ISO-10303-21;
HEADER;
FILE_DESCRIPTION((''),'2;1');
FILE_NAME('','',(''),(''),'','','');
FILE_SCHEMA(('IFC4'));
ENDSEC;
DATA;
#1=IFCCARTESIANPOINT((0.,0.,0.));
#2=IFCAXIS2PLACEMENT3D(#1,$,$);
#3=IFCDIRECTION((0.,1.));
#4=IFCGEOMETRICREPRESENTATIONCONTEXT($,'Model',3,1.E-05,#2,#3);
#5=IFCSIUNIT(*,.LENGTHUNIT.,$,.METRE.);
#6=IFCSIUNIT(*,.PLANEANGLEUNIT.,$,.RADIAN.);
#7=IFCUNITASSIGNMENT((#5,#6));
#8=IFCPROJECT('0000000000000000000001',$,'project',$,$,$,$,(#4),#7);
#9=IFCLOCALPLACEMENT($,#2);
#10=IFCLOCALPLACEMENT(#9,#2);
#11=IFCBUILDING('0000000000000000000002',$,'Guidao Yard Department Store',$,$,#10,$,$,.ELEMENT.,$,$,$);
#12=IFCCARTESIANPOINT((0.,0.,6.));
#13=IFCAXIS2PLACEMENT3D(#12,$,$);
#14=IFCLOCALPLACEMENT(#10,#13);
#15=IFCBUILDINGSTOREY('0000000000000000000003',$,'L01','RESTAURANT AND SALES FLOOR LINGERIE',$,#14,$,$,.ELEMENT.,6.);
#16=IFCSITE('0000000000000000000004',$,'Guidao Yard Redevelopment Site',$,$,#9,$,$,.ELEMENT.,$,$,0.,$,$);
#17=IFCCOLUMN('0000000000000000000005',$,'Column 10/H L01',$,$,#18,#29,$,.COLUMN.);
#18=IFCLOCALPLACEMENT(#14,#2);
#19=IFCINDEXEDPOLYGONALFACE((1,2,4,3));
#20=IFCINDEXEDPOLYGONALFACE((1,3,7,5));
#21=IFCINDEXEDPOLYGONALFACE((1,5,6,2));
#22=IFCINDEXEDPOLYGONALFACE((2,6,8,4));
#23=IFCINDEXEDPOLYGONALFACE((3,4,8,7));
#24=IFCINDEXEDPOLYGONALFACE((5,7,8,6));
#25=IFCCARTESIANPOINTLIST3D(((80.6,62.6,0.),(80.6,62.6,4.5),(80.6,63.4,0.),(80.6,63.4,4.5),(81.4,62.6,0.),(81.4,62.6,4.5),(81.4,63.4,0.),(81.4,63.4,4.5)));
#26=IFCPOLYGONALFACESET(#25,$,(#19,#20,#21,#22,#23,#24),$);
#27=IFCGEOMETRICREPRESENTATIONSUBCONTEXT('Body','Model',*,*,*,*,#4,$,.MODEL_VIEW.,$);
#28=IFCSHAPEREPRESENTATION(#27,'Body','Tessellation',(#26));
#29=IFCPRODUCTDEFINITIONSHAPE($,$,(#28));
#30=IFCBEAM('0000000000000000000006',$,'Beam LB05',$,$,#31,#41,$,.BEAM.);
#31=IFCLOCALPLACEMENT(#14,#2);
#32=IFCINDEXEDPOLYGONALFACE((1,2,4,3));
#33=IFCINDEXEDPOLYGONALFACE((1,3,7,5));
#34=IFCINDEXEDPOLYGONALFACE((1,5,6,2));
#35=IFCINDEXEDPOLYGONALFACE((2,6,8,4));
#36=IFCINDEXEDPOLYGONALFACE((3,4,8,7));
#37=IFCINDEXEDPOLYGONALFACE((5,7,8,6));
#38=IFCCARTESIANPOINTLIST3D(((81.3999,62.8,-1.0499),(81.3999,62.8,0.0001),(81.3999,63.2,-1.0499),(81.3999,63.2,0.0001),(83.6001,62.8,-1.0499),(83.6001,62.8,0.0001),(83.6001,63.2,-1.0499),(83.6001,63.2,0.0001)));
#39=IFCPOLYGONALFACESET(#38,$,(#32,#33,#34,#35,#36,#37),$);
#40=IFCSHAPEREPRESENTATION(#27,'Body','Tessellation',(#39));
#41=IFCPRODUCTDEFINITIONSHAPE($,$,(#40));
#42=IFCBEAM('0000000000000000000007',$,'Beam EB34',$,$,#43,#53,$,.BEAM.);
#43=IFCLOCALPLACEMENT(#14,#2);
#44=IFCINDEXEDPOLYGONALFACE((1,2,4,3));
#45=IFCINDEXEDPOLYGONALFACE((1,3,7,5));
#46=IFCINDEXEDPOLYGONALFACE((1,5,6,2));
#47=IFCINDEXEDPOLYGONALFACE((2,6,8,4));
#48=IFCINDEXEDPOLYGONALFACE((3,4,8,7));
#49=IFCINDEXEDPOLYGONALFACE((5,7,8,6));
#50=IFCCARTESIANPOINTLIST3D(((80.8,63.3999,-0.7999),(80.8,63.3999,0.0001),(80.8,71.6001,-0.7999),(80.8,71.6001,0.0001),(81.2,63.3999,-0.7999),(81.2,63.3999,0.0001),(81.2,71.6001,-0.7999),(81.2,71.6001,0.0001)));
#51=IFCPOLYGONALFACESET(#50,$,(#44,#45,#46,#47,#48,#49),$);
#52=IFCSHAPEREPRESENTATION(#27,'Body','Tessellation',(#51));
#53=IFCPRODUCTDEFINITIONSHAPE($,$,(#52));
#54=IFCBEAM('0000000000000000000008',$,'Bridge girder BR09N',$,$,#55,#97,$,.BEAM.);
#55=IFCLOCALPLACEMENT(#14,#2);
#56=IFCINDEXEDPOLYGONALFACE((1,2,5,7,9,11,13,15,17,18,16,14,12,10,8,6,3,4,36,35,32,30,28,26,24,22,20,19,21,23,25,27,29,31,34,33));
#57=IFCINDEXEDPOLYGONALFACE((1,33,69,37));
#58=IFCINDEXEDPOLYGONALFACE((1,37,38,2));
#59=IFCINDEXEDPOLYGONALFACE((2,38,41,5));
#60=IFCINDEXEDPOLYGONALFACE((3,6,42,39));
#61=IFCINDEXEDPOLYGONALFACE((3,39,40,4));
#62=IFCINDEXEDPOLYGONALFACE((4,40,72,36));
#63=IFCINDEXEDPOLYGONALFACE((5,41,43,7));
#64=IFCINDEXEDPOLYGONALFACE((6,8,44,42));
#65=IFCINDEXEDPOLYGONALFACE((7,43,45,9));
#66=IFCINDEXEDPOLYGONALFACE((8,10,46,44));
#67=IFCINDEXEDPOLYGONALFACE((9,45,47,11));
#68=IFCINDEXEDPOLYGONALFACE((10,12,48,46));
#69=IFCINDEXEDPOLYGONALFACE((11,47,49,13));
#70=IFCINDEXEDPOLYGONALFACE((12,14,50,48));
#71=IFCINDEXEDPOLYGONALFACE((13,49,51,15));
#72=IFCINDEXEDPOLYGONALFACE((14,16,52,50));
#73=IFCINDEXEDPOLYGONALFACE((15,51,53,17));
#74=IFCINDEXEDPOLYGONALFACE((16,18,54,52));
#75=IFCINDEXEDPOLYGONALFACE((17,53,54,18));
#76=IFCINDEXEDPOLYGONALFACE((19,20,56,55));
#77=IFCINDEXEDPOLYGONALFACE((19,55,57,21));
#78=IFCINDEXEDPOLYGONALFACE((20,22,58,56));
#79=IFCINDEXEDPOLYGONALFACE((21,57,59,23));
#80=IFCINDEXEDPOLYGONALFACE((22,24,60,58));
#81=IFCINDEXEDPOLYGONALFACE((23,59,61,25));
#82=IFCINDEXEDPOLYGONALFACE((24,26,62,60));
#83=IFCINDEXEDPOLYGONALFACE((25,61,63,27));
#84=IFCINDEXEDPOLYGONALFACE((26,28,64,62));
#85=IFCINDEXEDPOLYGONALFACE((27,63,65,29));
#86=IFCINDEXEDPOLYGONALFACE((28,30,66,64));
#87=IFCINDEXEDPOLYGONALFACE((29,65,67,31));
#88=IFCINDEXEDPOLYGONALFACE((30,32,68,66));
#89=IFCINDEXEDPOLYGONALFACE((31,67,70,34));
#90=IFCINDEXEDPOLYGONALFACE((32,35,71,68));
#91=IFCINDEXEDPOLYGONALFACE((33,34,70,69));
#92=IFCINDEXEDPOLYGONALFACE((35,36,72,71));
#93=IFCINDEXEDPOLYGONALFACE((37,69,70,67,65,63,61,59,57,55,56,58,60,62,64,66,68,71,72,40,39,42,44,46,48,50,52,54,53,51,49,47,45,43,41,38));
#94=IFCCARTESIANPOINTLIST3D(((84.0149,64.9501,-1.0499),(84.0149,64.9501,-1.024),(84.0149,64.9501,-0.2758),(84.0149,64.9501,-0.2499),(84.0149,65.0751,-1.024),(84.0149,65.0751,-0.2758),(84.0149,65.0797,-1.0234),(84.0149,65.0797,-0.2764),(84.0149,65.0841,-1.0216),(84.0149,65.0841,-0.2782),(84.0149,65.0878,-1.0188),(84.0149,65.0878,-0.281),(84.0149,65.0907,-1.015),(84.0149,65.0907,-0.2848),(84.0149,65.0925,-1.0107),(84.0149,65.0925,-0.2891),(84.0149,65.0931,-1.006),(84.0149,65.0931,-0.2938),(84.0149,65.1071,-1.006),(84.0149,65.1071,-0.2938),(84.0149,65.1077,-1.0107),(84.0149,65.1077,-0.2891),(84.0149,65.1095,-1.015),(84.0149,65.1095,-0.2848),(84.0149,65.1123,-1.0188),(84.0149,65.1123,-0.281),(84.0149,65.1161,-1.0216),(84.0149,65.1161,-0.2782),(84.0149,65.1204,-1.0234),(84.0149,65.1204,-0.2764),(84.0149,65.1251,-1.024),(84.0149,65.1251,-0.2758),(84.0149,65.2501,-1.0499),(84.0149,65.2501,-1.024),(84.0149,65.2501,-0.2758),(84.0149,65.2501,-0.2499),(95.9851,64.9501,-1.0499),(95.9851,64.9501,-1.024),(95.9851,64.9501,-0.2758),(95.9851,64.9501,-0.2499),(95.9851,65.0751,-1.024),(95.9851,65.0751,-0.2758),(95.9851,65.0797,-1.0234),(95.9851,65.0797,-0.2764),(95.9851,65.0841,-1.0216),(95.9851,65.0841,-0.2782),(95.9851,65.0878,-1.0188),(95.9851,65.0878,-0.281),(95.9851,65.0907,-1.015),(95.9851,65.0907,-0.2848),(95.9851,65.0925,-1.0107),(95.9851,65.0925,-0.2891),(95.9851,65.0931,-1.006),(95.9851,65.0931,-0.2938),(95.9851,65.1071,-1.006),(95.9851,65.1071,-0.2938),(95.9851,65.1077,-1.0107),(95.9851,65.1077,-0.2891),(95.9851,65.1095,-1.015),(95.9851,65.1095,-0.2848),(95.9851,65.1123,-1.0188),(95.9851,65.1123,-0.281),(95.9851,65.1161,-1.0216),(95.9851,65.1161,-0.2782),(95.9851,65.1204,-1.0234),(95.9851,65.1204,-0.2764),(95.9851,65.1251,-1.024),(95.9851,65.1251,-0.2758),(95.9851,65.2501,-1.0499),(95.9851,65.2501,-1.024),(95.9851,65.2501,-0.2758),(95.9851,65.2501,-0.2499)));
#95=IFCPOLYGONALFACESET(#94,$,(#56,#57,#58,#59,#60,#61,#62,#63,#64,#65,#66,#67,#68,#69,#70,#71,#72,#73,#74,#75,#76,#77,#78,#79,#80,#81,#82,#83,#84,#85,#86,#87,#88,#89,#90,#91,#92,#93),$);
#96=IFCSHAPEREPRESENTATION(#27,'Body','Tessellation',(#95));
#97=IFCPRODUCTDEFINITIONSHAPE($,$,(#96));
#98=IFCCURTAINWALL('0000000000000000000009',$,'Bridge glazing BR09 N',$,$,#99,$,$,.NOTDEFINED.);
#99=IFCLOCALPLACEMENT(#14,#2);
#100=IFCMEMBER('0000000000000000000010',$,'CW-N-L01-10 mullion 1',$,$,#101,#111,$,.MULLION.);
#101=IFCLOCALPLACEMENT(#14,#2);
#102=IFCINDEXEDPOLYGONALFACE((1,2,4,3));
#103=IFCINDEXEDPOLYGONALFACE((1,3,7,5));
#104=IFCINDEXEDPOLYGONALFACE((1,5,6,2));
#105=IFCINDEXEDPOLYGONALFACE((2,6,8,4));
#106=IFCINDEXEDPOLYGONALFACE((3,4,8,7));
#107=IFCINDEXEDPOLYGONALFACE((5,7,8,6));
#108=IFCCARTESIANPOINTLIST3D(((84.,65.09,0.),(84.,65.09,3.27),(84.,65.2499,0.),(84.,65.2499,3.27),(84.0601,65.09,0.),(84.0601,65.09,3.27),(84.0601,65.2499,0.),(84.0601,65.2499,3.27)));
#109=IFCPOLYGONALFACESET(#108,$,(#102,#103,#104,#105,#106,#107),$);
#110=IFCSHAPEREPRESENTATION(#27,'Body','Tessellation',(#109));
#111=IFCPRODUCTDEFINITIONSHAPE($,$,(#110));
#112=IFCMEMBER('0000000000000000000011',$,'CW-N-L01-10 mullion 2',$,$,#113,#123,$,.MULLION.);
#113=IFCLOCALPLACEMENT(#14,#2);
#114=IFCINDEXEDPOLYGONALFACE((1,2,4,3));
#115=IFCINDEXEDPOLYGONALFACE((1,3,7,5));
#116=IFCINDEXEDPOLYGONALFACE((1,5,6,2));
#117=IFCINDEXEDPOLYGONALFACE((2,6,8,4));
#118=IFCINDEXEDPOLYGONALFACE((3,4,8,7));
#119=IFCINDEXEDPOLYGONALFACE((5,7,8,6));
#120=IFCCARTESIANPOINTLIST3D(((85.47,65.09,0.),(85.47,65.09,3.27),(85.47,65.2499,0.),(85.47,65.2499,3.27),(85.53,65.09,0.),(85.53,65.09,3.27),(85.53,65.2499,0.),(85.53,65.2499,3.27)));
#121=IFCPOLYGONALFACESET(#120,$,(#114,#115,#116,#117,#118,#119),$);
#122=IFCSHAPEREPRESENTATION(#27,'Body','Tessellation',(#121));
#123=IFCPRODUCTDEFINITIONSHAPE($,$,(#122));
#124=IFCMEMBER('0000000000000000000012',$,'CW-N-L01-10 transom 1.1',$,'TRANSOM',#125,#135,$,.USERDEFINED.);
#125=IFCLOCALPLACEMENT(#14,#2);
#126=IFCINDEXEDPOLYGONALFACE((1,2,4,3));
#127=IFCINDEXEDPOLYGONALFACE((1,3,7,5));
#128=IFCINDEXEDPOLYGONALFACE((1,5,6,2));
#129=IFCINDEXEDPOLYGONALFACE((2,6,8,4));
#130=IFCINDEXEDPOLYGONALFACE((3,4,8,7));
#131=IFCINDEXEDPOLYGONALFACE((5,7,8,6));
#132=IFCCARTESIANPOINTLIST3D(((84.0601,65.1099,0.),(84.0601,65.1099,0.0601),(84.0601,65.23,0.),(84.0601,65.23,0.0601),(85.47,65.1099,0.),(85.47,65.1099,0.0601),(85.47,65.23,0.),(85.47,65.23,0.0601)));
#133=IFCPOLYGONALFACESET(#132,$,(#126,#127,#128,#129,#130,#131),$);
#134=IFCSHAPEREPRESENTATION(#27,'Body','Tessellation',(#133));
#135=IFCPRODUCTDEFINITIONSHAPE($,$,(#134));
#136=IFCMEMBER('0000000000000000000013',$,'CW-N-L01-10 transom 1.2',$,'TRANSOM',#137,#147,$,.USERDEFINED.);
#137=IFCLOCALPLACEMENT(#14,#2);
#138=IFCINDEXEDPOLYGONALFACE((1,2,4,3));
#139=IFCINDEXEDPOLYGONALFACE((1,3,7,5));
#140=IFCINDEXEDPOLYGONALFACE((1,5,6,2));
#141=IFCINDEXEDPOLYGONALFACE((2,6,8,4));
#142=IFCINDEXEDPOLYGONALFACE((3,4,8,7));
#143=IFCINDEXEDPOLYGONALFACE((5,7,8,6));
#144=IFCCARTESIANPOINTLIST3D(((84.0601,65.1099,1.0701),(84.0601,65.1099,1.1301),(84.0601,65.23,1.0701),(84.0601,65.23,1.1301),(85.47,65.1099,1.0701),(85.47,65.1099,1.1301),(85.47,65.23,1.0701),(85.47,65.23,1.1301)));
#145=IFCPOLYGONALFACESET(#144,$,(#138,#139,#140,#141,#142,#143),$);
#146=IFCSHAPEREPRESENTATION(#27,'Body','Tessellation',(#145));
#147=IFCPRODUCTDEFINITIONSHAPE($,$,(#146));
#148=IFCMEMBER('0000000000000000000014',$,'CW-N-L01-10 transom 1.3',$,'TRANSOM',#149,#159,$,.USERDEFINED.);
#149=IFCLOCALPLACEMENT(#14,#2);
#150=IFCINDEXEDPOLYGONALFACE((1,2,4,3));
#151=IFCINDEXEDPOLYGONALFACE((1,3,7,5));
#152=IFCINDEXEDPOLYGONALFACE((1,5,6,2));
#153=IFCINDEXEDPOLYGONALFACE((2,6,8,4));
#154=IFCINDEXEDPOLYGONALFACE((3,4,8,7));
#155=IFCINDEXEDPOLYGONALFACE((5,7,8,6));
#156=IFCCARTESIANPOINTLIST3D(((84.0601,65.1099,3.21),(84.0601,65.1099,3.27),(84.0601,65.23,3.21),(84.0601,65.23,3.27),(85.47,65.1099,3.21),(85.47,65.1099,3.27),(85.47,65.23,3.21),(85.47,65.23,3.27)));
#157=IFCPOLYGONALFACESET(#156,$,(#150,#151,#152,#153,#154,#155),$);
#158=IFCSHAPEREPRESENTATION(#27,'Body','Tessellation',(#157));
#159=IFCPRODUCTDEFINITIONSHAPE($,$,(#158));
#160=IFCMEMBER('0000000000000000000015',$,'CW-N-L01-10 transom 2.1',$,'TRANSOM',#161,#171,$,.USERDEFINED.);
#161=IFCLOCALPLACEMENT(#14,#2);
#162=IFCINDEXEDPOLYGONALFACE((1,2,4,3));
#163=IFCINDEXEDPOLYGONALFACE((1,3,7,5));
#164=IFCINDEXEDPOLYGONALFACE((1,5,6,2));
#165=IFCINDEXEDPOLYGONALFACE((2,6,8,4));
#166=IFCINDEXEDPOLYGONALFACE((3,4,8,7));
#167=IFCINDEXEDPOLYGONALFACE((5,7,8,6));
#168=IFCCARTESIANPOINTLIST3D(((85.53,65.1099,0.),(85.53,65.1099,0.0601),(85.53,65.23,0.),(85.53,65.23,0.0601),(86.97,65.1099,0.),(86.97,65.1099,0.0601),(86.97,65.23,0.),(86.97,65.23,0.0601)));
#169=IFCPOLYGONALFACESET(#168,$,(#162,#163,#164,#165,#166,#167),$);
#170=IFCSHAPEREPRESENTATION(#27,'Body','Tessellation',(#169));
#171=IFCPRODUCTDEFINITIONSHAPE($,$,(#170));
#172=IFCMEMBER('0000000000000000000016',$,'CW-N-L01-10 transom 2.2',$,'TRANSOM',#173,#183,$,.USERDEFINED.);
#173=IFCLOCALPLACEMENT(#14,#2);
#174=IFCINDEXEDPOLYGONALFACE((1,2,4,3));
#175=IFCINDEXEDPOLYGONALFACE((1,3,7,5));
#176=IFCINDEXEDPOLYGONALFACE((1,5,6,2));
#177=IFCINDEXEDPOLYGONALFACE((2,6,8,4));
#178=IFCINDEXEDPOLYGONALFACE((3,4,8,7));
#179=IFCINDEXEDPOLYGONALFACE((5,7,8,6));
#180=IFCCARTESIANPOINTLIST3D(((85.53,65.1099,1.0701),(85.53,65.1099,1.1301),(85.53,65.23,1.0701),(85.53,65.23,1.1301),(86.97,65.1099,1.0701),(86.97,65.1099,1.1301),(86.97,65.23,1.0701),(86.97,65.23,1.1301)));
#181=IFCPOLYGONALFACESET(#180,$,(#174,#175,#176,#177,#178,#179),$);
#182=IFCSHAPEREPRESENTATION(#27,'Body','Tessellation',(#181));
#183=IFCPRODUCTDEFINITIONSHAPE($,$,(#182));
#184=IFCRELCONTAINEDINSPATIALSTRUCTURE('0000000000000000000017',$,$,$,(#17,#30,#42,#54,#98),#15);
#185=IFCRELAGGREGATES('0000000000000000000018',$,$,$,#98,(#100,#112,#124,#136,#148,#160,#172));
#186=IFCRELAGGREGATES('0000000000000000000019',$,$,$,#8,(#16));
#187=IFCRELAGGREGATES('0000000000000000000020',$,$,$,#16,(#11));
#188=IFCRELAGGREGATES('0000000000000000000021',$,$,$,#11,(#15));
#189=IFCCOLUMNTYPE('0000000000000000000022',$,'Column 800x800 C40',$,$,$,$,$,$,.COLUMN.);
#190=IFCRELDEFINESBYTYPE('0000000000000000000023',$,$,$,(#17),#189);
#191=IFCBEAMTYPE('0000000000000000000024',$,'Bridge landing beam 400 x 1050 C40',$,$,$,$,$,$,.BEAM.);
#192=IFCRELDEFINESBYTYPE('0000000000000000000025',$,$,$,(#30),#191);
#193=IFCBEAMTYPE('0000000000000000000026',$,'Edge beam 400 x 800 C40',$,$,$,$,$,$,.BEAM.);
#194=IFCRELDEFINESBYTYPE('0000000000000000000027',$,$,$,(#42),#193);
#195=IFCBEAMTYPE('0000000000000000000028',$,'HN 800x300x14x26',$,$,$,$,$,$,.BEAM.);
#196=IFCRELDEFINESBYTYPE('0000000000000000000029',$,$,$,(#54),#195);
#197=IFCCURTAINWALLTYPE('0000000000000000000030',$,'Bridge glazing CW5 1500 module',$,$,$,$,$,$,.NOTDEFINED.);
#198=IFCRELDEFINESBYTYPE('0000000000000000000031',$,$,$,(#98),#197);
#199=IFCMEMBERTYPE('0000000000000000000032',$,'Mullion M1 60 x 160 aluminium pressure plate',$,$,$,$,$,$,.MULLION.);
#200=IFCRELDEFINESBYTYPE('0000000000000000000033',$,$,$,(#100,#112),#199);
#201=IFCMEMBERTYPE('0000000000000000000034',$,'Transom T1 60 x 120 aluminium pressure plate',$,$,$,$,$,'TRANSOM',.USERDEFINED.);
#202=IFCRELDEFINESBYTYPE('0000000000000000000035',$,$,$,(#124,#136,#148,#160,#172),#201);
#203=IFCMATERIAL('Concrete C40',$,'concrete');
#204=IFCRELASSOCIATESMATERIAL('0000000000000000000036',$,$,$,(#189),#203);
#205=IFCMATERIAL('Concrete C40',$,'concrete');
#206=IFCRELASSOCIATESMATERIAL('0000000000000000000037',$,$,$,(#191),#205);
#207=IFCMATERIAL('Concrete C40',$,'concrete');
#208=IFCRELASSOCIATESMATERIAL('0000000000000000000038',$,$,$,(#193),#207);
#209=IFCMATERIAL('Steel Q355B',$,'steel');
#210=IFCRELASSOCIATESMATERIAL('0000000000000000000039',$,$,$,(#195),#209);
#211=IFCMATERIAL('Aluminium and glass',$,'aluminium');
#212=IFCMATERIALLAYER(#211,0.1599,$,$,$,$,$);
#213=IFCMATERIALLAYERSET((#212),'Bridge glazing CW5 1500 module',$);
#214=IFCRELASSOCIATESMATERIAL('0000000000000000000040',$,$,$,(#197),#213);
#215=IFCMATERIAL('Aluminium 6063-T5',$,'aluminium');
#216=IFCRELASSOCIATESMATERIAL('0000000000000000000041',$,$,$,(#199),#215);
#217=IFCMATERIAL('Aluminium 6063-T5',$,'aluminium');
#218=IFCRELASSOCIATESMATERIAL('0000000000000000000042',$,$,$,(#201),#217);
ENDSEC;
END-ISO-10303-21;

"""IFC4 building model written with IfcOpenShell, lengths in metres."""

from ifc_helpers import new_model, si_unit, direction, frame, origin, origin_2d, place, context, subcontext, project, spatial, rectangle, i_section, extrude, material, layer, layer_set, material_profile, profile_set, type_object, element, aggregate, save


model = new_model("IFC4")

# Units and contexts
model_context = context("Model", 3, precision=1e-05, world=origin(), true_north=direction((0.0, 1.0)))
body_context = subcontext(model_context, "Body", "Model", "MODEL_VIEW")
ifc_project = project(units=[si_unit("LENGTHUNIT", "METRE"), si_unit("PLANEANGLEUNIT", "RADIAN")], contexts=[model_context])

# Site, building, storey
site_placement = place(None, origin())
site = spatial("IfcSite", under=ifc_project, at=site_placement, Name="Guidao Yard Redevelopment Site", CompositionType="ELEMENT", RefElevation=0.0)
building_placement = place(site_placement, origin())
building = spatial("IfcBuilding", under=site, at=building_placement, Name="Guidao Yard Department Store", CompositionType="ELEMENT")
storey_placement = place(building_placement, frame((0.0, 0.0, 6.0)))
storey = spatial("IfcBuildingStorey", under=building, at=storey_placement, Name="L01", Description="RESTAURANT AND SALES FLOOR LINGERIE", CompositionType="ELEMENT", Elevation=6.0)

# Column
ifc_material_1 = material(Name="Concrete C40", Category="concrete")
ifc_material_profile_1 = material_profile(ifc_material_1, rectangle(XDim=0.8, YDim=0.8, at=origin_2d()), Name="COL 800x800")
ifc_profile_set_1 = profile_set([ifc_material_profile_1], Name="Concrete C40")
column_type = type_object("IfcColumnType", Name="Column 800x800 C40", PredefinedType="COLUMN", material=ifc_profile_set_1)
column_placement = place(storey_placement, frame((81.0, 63.0, 0.0), z_axis=(0.0, 0.0, 1.0), x_axis=(1.0, 0.0, 0.0)))
element("IfcColumn", 1, at=column_placement, inside=storey, type_object=column_type, Name="Column 10/H L01", PredefinedType="COLUMN", context=body_context, shape_type="SweptSolid", body=[
    extrude(rectangle(XDim=0.8, YDim=0.8, at=origin_2d()), origin(), (0.0, 0.0, 1.0), 4.5),
])

# Beams
ifc_material_2 = material(Name="Concrete C40", Category="concrete")
ifc_material_profile_2 = material_profile(ifc_material_2, rectangle(XDim=0.3999, YDim=1.05, at=origin_2d()), Name="Bridge landing beam 400 x 1050 C40")
ifc_profile_set_2 = profile_set([ifc_material_profile_2], Name="Concrete C40")
beam_type_1 = type_object("IfcBeamType", Name="Bridge landing beam 400 x 1050 C40", PredefinedType="BEAM", material=ifc_profile_set_2)
beam_1_placement = place(storey_placement, frame((81.3999, 63.0, -0.5249), z_axis=(1.0, 0.0, 0.0), x_axis=(0.0, 1.0, 0.0)))
element("IfcBeam", 2, at=beam_1_placement, inside=storey, type_object=beam_type_1, Name="Beam LB05", PredefinedType="BEAM", context=body_context, shape_type="SweptSolid", body=[
    extrude(rectangle(XDim=0.3999, YDim=1.05, at=origin_2d()), origin(), (0.0, 0.0, 1.0), 2.2002),
])
ifc_material_3 = material(Name="Concrete C40", Category="concrete")
ifc_material_profile_3 = material_profile(ifc_material_3, rectangle(XDim=0.3999, YDim=0.8, at=origin_2d()), Name="Edge beam 400 x 800 C40")
ifc_profile_set_3 = profile_set([ifc_material_profile_3], Name="Concrete C40")
beam_type_2 = type_object("IfcBeamType", Name="Edge beam 400 x 800 C40", PredefinedType="BEAM", material=ifc_profile_set_3)
beam_2_placement = place(storey_placement, frame((81.0, 63.3999, -0.3999), z_axis=(0.0, 1.0, 0.0), x_axis=(-1.0, 0.0, 0.0)))
element("IfcBeam", 3, at=beam_2_placement, inside=storey, type_object=beam_type_2, Name="Beam EB34", PredefinedType="BEAM", context=body_context, shape_type="SweptSolid", body=[
    extrude(rectangle(XDim=0.3999, YDim=0.8, at=origin_2d()), origin(), (0.0, 0.0, 1.0), 8.2002),
])
ifc_material_4 = material(Name="Steel Q355B", Category="steel")
ifc_material_profile_4 = material_profile(ifc_material_4, i_section(OverallWidth=0.3, OverallDepth=0.8, WebThickness=0.0139, FlangeThickness=0.0259, FilletRadius=0.0181, at=origin_2d()), Name="HN 800x300x14x26")
ifc_profile_set_4 = profile_set([ifc_material_profile_4], Name="Steel Q355B")
beam_type_3 = type_object("IfcBeamType", Name="HN 800x300x14x26", PredefinedType="BEAM", material=ifc_profile_set_4)
beam_3_placement = place(storey_placement, frame((84.0149, 65.1001, -0.6499), z_axis=(1.0, 0.0, 0.0), x_axis=(0.0, 1.0, 0.0)))
element("IfcBeam", 4, at=beam_3_placement, inside=storey, type_object=beam_type_3, Name="Bridge girder BR09N", PredefinedType="BEAM", context=body_context, shape_type="SweptSolid", body=[
    extrude(i_section(OverallWidth=0.3, OverallDepth=0.8, WebThickness=0.0139, FlangeThickness=0.0259, FilletRadius=0.0181, at=origin_2d()), origin(), (0.0, 0.0, 1.0), 11.9702),
])

# Curtain wall, members
ifc_material_5 = material(Name="Aluminium and glass", Category="aluminium")
ifc_layer_1 = layer(ifc_material_5, 0.1599)
ifc_layer_set_1 = layer_set([ifc_layer_1], Name="Bridge glazing CW5 1500 module")
curtain_wall_type = type_object("IfcCurtainWallType", Name="Bridge glazing CW5 1500 module", PredefinedType="NOTDEFINED", material=ifc_layer_set_1)
curtain_wall_1_placement = place(storey_placement, origin())
curtain_wall_1 = element("IfcCurtainWall", 5, at=curtain_wall_1_placement, inside=storey, type_object=curtain_wall_type, Name="Bridge glazing BR09 N", PredefinedType="NOTDEFINED")
ifc_material_6 = material(Name="Aluminium 6063-T5", Category="aluminium")
ifc_material_profile_5 = material_profile(ifc_material_6, rectangle(XDim=0.0601, YDim=0.1599, at=origin_2d()), Name="Mullion M1 60 x 160 aluminium pressure plate")
ifc_profile_set_5 = profile_set([ifc_material_profile_5], Name="Aluminium 6063-T5")
member_type_1 = type_object("IfcMemberType", Name="Mullion M1 60 x 160 aluminium pressure plate", PredefinedType="MULLION", material=ifc_profile_set_5)
member_1_placement = place(storey_placement, frame((84.03, 65.1699, 0.0), z_axis=(0.0, 0.0, 1.0), x_axis=(1.0, 0.0, 0.0)))
member_1 = element("IfcMember", 6, at=member_1_placement, type_object=member_type_1, Name="CW-N-L01-10 mullion 1", PredefinedType="MULLION", context=body_context, shape_type="SweptSolid", body=[
    extrude(rectangle(XDim=0.0601, YDim=0.1599, at=origin_2d()), origin(), (0.0, 0.0, 1.0), 3.27),
])
member_2_placement = place(storey_placement, frame((85.5, 65.1699, 0.0), z_axis=(0.0, 0.0, 1.0), x_axis=(1.0, 0.0, 0.0)))
member_2 = element("IfcMember", 7, at=member_2_placement, type_object=member_type_1, Name="CW-N-L01-10 mullion 2", PredefinedType="MULLION", context=body_context, shape_type="SweptSolid", body=[
    extrude(rectangle(XDim=0.0601, YDim=0.1599, at=origin_2d()), origin(), (0.0, 0.0, 1.0), 3.27),
])
ifc_material_7 = material(Name="Aluminium 6063-T5", Category="aluminium")
ifc_material_profile_6 = material_profile(ifc_material_7, rectangle(XDim=0.1201, YDim=0.0601, at=origin_2d()), Name="Transom T1 60 x 120 aluminium pressure plate")
ifc_profile_set_6 = profile_set([ifc_material_profile_6], Name="Aluminium 6063-T5")
member_type_2 = type_object("IfcMemberType", Name="Transom T1 60 x 120 aluminium pressure plate", ElementType="TRANSOM", PredefinedType="USERDEFINED", material=ifc_profile_set_6)
member_3_placement = place(storey_placement, frame((84.0601, 65.1699, 0.03), z_axis=(1.0, 0.0, 0.0), x_axis=(0.0, 1.0, 0.0)))
member_3 = element("IfcMember", 8, at=member_3_placement, type_object=member_type_2, Name="CW-N-L01-10 transom 1.1", ObjectType="TRANSOM", PredefinedType="USERDEFINED", context=body_context, shape_type="SweptSolid", body=[
    extrude(rectangle(XDim=0.1201, YDim=0.0601, at=origin_2d()), origin(), (0.0, 0.0, 1.0), 1.4099),
])
member_4_placement = place(storey_placement, frame((84.0601, 65.1699, 1.1001), z_axis=(1.0, 0.0, 0.0), x_axis=(0.0, 1.0, 0.0)))
member_4 = element("IfcMember", 9, at=member_4_placement, type_object=member_type_2, Name="CW-N-L01-10 transom 1.2", ObjectType="TRANSOM", PredefinedType="USERDEFINED", context=body_context, shape_type="SweptSolid", body=[
    extrude(rectangle(XDim=0.1201, YDim=0.0601, at=origin_2d()), origin(), (0.0, 0.0, 1.0), 1.4099),
])
member_5_placement = place(storey_placement, frame((84.0601, 65.1699, 3.24), z_axis=(1.0, 0.0, 0.0), x_axis=(0.0, 1.0, 0.0)))
member_5 = element("IfcMember", 10, at=member_5_placement, type_object=member_type_2, Name="CW-N-L01-10 transom 1.3", ObjectType="TRANSOM", PredefinedType="USERDEFINED", context=body_context, shape_type="SweptSolid", body=[
    extrude(rectangle(XDim=0.1201, YDim=0.0601, at=origin_2d()), origin(), (0.0, 0.0, 1.0), 1.4099),
])
member_6_placement = place(storey_placement, frame((85.53, 65.1699, 0.03), z_axis=(1.0, 0.0, 0.0), x_axis=(0.0, 1.0, 0.0)))
member_6 = element("IfcMember", 11, at=member_6_placement, type_object=member_type_2, Name="CW-N-L01-10 transom 2.1", ObjectType="TRANSOM", PredefinedType="USERDEFINED", context=body_context, shape_type="SweptSolid", body=[
    extrude(rectangle(XDim=0.1201, YDim=0.0601, at=origin_2d()), origin(), (0.0, 0.0, 1.0), 1.4399),
])
member_7_placement = place(storey_placement, frame((85.53, 65.1699, 1.1001), z_axis=(1.0, 0.0, 0.0), x_axis=(0.0, 1.0, 0.0)))
member_7 = element("IfcMember", 12, at=member_7_placement, type_object=member_type_2, Name="CW-N-L01-10 transom 2.2", ObjectType="TRANSOM", PredefinedType="USERDEFINED", context=body_context, shape_type="SweptSolid", body=[
    extrude(rectangle(XDim=0.1201, YDim=0.0601, at=origin_2d()), origin(), (0.0, 0.0, 1.0), 1.4399),
])

aggregate(curtain_wall_1, [member_1, member_2, member_3, member_4, member_5, member_6, member_7])

save(model, "model.ifc")
